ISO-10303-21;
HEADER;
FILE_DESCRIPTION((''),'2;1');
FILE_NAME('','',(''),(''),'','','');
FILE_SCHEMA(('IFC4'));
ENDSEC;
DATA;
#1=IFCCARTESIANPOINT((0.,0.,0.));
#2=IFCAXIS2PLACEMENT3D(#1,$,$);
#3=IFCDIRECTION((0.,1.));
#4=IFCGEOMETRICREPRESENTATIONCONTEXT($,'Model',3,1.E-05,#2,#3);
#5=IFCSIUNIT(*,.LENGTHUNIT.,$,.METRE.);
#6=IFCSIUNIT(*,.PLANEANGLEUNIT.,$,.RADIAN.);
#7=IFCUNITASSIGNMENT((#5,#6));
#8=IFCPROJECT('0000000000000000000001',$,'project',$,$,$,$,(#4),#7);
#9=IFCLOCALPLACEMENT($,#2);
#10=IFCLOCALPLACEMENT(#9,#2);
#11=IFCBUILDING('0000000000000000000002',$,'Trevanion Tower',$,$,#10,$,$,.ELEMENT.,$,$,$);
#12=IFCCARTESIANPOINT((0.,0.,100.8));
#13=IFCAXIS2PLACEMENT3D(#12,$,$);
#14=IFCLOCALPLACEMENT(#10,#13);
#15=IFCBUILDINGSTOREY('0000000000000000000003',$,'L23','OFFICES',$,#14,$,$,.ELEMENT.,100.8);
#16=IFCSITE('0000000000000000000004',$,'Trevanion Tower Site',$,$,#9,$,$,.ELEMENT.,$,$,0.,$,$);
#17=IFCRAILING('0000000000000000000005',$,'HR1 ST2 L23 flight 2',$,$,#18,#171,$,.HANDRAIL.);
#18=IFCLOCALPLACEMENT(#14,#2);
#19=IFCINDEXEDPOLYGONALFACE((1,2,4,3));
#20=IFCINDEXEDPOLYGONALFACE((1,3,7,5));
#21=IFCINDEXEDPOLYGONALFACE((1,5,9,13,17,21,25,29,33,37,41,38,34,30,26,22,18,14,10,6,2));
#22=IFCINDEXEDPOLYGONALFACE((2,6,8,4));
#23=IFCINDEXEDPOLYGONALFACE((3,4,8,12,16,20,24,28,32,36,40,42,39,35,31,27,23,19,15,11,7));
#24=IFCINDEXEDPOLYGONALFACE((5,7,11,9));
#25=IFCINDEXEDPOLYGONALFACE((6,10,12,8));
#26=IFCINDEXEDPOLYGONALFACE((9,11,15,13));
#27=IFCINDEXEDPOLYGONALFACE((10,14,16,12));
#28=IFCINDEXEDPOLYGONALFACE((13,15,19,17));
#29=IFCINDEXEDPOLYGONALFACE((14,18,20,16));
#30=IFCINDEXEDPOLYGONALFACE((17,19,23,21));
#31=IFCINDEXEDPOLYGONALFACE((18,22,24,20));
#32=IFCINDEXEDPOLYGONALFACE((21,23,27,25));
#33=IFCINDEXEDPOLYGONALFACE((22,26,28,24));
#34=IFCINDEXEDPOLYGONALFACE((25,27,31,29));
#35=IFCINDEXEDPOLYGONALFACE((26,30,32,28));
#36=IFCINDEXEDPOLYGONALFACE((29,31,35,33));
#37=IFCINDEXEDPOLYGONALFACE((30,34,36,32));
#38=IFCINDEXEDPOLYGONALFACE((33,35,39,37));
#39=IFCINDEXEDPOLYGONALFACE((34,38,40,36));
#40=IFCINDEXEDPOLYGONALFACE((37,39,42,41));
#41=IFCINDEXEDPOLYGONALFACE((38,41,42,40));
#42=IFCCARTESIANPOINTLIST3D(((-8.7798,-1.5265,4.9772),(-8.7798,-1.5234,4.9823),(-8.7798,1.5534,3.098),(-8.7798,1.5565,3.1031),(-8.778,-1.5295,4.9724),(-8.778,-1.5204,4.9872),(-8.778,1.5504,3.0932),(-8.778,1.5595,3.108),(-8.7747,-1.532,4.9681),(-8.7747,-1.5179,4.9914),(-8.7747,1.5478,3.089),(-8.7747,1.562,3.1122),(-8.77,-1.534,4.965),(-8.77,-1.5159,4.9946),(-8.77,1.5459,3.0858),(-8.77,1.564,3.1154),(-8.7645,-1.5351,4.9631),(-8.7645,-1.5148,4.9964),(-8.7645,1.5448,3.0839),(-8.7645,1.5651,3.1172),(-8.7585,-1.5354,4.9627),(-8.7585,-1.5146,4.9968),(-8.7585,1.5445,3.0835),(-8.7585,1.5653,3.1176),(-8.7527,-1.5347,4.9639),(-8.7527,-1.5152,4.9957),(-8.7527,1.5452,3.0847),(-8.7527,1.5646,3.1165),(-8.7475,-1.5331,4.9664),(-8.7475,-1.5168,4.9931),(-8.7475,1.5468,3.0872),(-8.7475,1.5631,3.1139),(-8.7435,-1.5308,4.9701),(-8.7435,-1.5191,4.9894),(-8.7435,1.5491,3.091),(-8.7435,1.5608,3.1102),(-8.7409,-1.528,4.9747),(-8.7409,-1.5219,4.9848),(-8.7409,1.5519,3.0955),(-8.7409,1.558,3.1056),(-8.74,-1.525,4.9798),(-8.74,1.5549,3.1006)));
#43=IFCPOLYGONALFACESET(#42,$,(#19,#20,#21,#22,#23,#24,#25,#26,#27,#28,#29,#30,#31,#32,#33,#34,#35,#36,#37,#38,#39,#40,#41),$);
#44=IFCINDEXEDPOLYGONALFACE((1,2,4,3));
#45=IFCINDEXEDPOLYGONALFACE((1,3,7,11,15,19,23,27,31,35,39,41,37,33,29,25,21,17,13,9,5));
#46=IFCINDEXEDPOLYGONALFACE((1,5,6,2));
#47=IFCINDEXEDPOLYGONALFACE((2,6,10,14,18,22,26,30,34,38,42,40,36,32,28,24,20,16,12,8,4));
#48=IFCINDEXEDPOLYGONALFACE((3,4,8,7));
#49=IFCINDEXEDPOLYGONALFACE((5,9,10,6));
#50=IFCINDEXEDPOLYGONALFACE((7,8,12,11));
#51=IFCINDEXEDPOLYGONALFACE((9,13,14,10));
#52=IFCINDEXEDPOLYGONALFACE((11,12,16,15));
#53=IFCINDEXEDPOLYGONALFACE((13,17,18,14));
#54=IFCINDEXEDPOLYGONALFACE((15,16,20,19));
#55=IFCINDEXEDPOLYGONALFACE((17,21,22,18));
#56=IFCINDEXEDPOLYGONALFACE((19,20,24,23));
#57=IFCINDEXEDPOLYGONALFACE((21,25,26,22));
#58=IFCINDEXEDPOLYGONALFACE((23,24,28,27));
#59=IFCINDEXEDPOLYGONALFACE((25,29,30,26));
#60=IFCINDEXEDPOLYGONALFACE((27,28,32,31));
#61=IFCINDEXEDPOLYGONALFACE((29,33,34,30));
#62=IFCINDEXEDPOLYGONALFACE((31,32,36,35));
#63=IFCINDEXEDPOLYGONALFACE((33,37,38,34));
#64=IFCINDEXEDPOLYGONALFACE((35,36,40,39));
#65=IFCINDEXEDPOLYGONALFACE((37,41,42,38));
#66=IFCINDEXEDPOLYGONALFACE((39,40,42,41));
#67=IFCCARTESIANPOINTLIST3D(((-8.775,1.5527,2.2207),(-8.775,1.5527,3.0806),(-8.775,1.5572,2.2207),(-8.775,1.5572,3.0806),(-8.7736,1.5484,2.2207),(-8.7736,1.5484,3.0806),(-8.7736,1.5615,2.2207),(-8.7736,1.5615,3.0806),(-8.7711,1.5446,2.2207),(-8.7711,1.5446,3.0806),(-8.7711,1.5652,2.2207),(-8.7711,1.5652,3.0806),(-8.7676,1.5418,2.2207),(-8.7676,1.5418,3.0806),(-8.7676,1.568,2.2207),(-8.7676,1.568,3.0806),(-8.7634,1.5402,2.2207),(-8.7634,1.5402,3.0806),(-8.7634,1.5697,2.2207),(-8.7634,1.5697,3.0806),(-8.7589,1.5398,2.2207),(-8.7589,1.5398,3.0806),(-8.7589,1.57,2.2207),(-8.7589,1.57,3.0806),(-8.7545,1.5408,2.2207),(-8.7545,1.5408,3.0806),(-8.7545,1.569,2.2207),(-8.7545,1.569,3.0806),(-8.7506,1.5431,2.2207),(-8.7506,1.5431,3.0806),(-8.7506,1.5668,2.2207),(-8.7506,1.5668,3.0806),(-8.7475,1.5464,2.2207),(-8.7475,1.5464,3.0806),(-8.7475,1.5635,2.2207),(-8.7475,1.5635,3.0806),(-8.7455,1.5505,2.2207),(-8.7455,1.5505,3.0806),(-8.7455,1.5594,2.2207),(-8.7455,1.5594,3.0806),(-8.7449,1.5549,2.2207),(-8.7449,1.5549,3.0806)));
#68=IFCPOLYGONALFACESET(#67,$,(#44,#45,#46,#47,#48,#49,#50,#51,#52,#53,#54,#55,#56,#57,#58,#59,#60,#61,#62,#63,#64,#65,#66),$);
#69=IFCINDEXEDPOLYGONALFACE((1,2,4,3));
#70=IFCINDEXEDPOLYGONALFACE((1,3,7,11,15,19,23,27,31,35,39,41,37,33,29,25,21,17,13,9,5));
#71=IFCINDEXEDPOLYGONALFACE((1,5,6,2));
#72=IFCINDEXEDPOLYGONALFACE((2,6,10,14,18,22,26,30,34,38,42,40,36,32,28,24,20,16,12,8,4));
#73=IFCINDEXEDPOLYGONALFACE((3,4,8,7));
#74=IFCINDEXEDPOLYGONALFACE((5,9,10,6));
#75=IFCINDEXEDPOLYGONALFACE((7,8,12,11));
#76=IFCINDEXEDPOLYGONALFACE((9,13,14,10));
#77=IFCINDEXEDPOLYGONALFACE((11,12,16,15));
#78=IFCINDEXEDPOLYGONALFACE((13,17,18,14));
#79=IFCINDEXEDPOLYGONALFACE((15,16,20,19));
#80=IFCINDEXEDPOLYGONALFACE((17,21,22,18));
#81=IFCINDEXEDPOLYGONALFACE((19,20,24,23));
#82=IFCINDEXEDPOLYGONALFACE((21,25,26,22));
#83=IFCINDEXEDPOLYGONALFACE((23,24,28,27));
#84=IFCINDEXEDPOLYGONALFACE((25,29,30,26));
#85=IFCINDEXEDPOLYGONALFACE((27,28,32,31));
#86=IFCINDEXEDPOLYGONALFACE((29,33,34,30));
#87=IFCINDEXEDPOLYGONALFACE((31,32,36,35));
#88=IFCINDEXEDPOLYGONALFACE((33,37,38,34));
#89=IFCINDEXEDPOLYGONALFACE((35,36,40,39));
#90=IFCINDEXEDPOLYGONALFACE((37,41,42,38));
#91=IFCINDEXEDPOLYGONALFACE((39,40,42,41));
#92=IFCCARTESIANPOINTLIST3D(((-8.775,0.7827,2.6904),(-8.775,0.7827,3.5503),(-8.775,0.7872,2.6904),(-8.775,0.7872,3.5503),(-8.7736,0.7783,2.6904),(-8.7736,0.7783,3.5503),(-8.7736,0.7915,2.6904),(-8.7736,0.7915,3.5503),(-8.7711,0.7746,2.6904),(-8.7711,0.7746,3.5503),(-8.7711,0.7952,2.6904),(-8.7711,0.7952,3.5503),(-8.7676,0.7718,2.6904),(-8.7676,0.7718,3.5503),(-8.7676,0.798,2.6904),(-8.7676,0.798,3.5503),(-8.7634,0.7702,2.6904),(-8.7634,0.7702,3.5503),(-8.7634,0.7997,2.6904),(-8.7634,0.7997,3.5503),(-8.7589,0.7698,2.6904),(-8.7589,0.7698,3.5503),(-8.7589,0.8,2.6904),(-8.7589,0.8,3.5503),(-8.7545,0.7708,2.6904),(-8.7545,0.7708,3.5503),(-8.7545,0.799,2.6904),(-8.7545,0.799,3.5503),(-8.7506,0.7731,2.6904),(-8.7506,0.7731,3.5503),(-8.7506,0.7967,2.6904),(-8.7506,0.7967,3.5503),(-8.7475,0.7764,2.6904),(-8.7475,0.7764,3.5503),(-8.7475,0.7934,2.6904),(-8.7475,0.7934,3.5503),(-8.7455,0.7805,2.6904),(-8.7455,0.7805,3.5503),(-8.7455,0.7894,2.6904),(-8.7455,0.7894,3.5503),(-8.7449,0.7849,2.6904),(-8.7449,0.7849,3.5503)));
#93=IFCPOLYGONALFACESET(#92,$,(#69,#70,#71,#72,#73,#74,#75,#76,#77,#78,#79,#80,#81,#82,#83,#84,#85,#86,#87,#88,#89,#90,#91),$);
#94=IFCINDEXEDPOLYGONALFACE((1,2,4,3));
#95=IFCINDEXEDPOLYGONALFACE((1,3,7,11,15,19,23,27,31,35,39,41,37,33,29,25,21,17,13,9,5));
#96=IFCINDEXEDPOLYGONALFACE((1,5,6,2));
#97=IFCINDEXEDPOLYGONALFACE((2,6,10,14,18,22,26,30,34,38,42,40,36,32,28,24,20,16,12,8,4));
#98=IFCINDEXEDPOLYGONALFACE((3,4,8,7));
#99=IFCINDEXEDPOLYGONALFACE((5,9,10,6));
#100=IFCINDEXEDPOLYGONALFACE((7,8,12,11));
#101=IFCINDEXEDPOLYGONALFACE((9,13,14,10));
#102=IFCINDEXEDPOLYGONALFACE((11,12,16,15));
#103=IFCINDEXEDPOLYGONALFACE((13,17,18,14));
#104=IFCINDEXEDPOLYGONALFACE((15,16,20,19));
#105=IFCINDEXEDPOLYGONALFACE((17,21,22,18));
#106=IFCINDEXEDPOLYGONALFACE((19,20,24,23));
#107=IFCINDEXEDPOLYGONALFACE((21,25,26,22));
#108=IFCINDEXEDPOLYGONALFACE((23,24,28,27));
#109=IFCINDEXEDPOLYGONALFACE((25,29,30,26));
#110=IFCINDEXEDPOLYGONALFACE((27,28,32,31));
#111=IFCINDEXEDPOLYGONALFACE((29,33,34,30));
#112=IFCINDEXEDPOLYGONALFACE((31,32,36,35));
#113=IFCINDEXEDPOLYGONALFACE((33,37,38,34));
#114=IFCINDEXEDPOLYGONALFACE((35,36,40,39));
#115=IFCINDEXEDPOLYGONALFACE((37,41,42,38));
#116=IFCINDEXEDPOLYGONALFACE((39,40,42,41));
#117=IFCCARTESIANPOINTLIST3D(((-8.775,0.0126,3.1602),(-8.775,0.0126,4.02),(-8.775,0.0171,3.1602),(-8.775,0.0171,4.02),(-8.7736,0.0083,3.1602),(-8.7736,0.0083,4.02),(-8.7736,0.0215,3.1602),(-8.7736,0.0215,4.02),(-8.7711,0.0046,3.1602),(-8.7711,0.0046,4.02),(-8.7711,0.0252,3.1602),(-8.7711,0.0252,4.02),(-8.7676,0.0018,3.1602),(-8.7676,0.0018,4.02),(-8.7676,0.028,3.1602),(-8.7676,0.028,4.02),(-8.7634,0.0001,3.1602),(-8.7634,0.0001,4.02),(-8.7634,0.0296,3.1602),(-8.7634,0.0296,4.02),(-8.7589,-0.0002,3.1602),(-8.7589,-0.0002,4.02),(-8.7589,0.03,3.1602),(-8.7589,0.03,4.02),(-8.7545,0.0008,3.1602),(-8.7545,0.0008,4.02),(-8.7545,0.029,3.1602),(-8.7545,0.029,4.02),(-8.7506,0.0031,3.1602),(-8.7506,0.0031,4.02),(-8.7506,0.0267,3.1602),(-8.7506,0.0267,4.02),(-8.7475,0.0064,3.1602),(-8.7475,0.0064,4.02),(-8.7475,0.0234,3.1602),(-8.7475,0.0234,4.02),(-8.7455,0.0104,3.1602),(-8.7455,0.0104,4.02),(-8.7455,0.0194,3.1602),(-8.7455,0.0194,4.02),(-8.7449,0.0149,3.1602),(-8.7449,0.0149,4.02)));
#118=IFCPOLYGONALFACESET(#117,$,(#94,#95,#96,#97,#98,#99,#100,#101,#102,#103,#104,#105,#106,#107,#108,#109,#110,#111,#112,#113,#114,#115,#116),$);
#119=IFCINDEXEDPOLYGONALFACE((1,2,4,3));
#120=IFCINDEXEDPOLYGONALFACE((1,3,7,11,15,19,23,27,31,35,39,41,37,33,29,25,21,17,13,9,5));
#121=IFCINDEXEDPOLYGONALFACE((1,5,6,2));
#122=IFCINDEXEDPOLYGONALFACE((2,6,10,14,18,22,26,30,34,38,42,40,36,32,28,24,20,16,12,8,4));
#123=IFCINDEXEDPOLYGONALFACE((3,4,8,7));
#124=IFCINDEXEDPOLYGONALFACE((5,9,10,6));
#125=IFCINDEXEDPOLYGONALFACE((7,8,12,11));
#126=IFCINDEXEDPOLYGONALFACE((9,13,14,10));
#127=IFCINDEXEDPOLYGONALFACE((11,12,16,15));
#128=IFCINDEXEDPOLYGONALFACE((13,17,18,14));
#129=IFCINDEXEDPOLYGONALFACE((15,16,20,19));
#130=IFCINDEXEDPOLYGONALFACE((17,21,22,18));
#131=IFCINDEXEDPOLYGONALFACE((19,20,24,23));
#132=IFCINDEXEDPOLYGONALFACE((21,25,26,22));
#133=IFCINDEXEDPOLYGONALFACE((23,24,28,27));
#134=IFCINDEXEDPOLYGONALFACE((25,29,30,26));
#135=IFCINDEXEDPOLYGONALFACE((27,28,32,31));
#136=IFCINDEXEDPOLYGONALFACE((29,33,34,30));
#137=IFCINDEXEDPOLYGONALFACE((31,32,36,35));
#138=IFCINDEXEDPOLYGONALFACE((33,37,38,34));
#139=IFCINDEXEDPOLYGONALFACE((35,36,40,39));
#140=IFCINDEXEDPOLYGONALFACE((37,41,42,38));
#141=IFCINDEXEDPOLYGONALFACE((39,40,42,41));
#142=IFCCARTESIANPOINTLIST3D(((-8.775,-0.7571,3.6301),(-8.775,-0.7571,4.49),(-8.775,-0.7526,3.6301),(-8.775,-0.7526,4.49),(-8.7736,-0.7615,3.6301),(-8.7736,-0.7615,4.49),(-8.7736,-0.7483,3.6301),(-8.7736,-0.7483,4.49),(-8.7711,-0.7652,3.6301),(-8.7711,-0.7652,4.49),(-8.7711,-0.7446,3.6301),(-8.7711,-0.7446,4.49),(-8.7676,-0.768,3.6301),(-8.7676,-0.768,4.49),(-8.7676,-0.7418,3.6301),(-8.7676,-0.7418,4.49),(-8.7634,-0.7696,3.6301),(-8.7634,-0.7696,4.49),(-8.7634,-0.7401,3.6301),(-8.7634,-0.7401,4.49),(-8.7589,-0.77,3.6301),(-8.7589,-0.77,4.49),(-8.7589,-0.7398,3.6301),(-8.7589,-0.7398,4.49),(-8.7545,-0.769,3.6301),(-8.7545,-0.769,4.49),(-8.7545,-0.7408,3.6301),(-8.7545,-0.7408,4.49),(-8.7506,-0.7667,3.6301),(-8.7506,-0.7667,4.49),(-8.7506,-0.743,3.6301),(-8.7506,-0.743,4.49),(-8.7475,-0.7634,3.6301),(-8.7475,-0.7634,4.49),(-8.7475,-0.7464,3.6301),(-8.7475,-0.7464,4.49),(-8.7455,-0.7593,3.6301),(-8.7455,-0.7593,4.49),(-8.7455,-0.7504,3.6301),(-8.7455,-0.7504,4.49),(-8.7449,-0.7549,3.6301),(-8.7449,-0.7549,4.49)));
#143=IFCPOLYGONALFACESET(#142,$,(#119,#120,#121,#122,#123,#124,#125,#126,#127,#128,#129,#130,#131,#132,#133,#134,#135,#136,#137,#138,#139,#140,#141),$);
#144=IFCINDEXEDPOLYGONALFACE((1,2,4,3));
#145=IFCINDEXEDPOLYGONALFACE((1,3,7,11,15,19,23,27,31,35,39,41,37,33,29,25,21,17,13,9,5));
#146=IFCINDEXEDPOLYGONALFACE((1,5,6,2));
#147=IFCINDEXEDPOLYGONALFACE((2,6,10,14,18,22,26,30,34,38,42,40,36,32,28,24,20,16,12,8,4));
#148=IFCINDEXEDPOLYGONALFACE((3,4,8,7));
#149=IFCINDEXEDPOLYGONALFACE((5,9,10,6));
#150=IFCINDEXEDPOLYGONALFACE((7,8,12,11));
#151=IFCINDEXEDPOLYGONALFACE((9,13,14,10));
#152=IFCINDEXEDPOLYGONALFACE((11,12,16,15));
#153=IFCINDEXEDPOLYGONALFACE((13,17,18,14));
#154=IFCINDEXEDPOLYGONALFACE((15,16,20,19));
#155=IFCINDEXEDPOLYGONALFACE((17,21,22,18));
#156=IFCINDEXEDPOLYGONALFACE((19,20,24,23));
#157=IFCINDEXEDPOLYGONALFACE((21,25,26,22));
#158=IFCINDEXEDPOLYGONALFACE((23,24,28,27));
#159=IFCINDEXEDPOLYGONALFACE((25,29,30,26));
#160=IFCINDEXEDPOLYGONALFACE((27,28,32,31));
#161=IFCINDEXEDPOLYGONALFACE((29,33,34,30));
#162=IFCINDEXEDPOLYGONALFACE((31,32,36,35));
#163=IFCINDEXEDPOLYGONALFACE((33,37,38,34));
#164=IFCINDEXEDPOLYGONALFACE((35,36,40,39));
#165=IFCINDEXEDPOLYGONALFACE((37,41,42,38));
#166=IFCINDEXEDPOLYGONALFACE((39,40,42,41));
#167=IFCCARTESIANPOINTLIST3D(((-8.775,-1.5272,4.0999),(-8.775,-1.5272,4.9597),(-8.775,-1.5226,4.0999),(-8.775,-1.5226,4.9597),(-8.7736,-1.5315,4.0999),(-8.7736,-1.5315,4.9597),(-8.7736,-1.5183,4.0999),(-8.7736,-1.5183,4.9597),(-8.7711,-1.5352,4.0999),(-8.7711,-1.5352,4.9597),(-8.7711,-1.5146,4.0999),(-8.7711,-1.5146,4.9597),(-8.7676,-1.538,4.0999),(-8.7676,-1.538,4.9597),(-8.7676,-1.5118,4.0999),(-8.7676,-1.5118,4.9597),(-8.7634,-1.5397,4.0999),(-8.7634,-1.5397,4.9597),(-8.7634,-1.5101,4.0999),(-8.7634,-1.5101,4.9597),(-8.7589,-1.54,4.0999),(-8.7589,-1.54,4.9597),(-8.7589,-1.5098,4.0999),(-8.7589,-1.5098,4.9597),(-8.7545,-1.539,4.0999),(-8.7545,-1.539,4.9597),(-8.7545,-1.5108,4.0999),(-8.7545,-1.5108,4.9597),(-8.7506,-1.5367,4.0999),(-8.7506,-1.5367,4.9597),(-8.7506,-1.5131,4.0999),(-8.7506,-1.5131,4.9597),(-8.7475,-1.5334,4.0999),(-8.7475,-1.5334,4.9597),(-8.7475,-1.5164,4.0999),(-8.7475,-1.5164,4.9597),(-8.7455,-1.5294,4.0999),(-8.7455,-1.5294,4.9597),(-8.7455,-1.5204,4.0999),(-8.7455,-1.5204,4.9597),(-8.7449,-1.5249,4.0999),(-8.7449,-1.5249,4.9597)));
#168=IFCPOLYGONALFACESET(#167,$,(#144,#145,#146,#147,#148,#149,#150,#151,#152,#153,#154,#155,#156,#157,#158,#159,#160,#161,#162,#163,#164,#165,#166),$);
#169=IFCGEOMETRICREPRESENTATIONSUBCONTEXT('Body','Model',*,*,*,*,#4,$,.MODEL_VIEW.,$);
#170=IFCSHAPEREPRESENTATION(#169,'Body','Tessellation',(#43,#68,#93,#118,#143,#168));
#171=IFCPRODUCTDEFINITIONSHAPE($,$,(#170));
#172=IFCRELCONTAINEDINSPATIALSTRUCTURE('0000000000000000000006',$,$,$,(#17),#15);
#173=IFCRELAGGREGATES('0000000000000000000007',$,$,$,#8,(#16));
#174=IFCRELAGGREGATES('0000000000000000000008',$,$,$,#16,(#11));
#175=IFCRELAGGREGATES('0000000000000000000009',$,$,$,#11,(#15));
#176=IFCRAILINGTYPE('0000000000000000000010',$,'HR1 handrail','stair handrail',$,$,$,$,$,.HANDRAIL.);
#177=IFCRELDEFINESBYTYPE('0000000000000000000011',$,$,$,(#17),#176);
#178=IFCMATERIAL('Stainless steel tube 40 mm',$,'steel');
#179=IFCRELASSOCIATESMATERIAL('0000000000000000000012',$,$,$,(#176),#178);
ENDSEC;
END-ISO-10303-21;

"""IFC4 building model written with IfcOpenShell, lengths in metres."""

from ifc_helpers import new_model, si_unit, direction, frame, origin, origin_2d, place, context, subcontext, project, spatial, circle, extrude, material, type_object, element, save


model = new_model("IFC4")

# Units and contexts
model_context = context("Model", 3, precision=1e-05, world=origin(), true_north=direction((0.0, 1.0)))
body_context = subcontext(model_context, "Body", "Model", "MODEL_VIEW")
ifc_project = project(units=[si_unit("LENGTHUNIT", "METRE"), si_unit("PLANEANGLEUNIT", "RADIAN")], contexts=[model_context])

# Site, building, storey
site_placement = place(None, origin())
site = spatial("IfcSite", under=ifc_project, at=site_placement, Name="Trevanion Tower Site", CompositionType="ELEMENT", RefElevation=0.0)
building_placement = place(site_placement, origin())
building = spatial("IfcBuilding", under=site, at=building_placement, Name="Trevanion Tower", CompositionType="ELEMENT")
storey_placement = place(building_placement, frame((0.0, 0.0, 100.8)))
storey = spatial("IfcBuildingStorey", under=building, at=storey_placement, Name="L23", Description="OFFICES", CompositionType="ELEMENT", Elevation=100.8)

# Railing
ifc_material_1 = material(Name="Stainless steel tube 40 mm", Category="steel")
railing_type = type_object("IfcRailingType", Name="HR1 handrail", Description="stair handrail", PredefinedType="HANDRAIL", material=ifc_material_1)
for number, where, name in (
    (1, (-8.76, 1.5549, 2.2207), "HR1 ST2 L23 flight 2"),
):
    element("IfcRailing", number, at=place(storey_placement, frame(where)), inside=storey, type_object=railing_type, Name=name, PredefinedType="HANDRAIL", context=body_context, shape_type="SweptSolid", body=[
        extrude(circle(Radius=0.02, at=origin_2d()), frame((0.0, 0.0, 0.8799), z_axis=(0.0, -0.853648, 0.52085), x_axis=(1.0, 0.0, 0.0)), (0.0, 0.0, 1.0), 3.6079),
        extrude(circle(Radius=0.0151, at=origin_2d()), origin(), (0.0, 0.0, 1.0), 0.8599),
        extrude(circle(Radius=0.0151, at=origin_2d()), frame((0.0, -0.77, 0.4697)), (0.0, 0.0, 1.0), 0.8599),
        extrude(circle(Radius=0.0151, at=origin_2d()), frame((0.0, -1.54, 0.9395)), (0.0, 0.0, 1.0), 0.8599),
        extrude(circle(Radius=0.0151, at=origin_2d()), frame((0.0, -2.3098, 1.4094)), (0.0, 0.0, 1.0), 0.8599),
        extrude(circle(Radius=0.0151, at=origin_2d()), frame((0.0, -3.0798, 1.8792)), (0.0, 0.0, 1.0), 0.8599),
    ])

save(model, "model.ifc")
